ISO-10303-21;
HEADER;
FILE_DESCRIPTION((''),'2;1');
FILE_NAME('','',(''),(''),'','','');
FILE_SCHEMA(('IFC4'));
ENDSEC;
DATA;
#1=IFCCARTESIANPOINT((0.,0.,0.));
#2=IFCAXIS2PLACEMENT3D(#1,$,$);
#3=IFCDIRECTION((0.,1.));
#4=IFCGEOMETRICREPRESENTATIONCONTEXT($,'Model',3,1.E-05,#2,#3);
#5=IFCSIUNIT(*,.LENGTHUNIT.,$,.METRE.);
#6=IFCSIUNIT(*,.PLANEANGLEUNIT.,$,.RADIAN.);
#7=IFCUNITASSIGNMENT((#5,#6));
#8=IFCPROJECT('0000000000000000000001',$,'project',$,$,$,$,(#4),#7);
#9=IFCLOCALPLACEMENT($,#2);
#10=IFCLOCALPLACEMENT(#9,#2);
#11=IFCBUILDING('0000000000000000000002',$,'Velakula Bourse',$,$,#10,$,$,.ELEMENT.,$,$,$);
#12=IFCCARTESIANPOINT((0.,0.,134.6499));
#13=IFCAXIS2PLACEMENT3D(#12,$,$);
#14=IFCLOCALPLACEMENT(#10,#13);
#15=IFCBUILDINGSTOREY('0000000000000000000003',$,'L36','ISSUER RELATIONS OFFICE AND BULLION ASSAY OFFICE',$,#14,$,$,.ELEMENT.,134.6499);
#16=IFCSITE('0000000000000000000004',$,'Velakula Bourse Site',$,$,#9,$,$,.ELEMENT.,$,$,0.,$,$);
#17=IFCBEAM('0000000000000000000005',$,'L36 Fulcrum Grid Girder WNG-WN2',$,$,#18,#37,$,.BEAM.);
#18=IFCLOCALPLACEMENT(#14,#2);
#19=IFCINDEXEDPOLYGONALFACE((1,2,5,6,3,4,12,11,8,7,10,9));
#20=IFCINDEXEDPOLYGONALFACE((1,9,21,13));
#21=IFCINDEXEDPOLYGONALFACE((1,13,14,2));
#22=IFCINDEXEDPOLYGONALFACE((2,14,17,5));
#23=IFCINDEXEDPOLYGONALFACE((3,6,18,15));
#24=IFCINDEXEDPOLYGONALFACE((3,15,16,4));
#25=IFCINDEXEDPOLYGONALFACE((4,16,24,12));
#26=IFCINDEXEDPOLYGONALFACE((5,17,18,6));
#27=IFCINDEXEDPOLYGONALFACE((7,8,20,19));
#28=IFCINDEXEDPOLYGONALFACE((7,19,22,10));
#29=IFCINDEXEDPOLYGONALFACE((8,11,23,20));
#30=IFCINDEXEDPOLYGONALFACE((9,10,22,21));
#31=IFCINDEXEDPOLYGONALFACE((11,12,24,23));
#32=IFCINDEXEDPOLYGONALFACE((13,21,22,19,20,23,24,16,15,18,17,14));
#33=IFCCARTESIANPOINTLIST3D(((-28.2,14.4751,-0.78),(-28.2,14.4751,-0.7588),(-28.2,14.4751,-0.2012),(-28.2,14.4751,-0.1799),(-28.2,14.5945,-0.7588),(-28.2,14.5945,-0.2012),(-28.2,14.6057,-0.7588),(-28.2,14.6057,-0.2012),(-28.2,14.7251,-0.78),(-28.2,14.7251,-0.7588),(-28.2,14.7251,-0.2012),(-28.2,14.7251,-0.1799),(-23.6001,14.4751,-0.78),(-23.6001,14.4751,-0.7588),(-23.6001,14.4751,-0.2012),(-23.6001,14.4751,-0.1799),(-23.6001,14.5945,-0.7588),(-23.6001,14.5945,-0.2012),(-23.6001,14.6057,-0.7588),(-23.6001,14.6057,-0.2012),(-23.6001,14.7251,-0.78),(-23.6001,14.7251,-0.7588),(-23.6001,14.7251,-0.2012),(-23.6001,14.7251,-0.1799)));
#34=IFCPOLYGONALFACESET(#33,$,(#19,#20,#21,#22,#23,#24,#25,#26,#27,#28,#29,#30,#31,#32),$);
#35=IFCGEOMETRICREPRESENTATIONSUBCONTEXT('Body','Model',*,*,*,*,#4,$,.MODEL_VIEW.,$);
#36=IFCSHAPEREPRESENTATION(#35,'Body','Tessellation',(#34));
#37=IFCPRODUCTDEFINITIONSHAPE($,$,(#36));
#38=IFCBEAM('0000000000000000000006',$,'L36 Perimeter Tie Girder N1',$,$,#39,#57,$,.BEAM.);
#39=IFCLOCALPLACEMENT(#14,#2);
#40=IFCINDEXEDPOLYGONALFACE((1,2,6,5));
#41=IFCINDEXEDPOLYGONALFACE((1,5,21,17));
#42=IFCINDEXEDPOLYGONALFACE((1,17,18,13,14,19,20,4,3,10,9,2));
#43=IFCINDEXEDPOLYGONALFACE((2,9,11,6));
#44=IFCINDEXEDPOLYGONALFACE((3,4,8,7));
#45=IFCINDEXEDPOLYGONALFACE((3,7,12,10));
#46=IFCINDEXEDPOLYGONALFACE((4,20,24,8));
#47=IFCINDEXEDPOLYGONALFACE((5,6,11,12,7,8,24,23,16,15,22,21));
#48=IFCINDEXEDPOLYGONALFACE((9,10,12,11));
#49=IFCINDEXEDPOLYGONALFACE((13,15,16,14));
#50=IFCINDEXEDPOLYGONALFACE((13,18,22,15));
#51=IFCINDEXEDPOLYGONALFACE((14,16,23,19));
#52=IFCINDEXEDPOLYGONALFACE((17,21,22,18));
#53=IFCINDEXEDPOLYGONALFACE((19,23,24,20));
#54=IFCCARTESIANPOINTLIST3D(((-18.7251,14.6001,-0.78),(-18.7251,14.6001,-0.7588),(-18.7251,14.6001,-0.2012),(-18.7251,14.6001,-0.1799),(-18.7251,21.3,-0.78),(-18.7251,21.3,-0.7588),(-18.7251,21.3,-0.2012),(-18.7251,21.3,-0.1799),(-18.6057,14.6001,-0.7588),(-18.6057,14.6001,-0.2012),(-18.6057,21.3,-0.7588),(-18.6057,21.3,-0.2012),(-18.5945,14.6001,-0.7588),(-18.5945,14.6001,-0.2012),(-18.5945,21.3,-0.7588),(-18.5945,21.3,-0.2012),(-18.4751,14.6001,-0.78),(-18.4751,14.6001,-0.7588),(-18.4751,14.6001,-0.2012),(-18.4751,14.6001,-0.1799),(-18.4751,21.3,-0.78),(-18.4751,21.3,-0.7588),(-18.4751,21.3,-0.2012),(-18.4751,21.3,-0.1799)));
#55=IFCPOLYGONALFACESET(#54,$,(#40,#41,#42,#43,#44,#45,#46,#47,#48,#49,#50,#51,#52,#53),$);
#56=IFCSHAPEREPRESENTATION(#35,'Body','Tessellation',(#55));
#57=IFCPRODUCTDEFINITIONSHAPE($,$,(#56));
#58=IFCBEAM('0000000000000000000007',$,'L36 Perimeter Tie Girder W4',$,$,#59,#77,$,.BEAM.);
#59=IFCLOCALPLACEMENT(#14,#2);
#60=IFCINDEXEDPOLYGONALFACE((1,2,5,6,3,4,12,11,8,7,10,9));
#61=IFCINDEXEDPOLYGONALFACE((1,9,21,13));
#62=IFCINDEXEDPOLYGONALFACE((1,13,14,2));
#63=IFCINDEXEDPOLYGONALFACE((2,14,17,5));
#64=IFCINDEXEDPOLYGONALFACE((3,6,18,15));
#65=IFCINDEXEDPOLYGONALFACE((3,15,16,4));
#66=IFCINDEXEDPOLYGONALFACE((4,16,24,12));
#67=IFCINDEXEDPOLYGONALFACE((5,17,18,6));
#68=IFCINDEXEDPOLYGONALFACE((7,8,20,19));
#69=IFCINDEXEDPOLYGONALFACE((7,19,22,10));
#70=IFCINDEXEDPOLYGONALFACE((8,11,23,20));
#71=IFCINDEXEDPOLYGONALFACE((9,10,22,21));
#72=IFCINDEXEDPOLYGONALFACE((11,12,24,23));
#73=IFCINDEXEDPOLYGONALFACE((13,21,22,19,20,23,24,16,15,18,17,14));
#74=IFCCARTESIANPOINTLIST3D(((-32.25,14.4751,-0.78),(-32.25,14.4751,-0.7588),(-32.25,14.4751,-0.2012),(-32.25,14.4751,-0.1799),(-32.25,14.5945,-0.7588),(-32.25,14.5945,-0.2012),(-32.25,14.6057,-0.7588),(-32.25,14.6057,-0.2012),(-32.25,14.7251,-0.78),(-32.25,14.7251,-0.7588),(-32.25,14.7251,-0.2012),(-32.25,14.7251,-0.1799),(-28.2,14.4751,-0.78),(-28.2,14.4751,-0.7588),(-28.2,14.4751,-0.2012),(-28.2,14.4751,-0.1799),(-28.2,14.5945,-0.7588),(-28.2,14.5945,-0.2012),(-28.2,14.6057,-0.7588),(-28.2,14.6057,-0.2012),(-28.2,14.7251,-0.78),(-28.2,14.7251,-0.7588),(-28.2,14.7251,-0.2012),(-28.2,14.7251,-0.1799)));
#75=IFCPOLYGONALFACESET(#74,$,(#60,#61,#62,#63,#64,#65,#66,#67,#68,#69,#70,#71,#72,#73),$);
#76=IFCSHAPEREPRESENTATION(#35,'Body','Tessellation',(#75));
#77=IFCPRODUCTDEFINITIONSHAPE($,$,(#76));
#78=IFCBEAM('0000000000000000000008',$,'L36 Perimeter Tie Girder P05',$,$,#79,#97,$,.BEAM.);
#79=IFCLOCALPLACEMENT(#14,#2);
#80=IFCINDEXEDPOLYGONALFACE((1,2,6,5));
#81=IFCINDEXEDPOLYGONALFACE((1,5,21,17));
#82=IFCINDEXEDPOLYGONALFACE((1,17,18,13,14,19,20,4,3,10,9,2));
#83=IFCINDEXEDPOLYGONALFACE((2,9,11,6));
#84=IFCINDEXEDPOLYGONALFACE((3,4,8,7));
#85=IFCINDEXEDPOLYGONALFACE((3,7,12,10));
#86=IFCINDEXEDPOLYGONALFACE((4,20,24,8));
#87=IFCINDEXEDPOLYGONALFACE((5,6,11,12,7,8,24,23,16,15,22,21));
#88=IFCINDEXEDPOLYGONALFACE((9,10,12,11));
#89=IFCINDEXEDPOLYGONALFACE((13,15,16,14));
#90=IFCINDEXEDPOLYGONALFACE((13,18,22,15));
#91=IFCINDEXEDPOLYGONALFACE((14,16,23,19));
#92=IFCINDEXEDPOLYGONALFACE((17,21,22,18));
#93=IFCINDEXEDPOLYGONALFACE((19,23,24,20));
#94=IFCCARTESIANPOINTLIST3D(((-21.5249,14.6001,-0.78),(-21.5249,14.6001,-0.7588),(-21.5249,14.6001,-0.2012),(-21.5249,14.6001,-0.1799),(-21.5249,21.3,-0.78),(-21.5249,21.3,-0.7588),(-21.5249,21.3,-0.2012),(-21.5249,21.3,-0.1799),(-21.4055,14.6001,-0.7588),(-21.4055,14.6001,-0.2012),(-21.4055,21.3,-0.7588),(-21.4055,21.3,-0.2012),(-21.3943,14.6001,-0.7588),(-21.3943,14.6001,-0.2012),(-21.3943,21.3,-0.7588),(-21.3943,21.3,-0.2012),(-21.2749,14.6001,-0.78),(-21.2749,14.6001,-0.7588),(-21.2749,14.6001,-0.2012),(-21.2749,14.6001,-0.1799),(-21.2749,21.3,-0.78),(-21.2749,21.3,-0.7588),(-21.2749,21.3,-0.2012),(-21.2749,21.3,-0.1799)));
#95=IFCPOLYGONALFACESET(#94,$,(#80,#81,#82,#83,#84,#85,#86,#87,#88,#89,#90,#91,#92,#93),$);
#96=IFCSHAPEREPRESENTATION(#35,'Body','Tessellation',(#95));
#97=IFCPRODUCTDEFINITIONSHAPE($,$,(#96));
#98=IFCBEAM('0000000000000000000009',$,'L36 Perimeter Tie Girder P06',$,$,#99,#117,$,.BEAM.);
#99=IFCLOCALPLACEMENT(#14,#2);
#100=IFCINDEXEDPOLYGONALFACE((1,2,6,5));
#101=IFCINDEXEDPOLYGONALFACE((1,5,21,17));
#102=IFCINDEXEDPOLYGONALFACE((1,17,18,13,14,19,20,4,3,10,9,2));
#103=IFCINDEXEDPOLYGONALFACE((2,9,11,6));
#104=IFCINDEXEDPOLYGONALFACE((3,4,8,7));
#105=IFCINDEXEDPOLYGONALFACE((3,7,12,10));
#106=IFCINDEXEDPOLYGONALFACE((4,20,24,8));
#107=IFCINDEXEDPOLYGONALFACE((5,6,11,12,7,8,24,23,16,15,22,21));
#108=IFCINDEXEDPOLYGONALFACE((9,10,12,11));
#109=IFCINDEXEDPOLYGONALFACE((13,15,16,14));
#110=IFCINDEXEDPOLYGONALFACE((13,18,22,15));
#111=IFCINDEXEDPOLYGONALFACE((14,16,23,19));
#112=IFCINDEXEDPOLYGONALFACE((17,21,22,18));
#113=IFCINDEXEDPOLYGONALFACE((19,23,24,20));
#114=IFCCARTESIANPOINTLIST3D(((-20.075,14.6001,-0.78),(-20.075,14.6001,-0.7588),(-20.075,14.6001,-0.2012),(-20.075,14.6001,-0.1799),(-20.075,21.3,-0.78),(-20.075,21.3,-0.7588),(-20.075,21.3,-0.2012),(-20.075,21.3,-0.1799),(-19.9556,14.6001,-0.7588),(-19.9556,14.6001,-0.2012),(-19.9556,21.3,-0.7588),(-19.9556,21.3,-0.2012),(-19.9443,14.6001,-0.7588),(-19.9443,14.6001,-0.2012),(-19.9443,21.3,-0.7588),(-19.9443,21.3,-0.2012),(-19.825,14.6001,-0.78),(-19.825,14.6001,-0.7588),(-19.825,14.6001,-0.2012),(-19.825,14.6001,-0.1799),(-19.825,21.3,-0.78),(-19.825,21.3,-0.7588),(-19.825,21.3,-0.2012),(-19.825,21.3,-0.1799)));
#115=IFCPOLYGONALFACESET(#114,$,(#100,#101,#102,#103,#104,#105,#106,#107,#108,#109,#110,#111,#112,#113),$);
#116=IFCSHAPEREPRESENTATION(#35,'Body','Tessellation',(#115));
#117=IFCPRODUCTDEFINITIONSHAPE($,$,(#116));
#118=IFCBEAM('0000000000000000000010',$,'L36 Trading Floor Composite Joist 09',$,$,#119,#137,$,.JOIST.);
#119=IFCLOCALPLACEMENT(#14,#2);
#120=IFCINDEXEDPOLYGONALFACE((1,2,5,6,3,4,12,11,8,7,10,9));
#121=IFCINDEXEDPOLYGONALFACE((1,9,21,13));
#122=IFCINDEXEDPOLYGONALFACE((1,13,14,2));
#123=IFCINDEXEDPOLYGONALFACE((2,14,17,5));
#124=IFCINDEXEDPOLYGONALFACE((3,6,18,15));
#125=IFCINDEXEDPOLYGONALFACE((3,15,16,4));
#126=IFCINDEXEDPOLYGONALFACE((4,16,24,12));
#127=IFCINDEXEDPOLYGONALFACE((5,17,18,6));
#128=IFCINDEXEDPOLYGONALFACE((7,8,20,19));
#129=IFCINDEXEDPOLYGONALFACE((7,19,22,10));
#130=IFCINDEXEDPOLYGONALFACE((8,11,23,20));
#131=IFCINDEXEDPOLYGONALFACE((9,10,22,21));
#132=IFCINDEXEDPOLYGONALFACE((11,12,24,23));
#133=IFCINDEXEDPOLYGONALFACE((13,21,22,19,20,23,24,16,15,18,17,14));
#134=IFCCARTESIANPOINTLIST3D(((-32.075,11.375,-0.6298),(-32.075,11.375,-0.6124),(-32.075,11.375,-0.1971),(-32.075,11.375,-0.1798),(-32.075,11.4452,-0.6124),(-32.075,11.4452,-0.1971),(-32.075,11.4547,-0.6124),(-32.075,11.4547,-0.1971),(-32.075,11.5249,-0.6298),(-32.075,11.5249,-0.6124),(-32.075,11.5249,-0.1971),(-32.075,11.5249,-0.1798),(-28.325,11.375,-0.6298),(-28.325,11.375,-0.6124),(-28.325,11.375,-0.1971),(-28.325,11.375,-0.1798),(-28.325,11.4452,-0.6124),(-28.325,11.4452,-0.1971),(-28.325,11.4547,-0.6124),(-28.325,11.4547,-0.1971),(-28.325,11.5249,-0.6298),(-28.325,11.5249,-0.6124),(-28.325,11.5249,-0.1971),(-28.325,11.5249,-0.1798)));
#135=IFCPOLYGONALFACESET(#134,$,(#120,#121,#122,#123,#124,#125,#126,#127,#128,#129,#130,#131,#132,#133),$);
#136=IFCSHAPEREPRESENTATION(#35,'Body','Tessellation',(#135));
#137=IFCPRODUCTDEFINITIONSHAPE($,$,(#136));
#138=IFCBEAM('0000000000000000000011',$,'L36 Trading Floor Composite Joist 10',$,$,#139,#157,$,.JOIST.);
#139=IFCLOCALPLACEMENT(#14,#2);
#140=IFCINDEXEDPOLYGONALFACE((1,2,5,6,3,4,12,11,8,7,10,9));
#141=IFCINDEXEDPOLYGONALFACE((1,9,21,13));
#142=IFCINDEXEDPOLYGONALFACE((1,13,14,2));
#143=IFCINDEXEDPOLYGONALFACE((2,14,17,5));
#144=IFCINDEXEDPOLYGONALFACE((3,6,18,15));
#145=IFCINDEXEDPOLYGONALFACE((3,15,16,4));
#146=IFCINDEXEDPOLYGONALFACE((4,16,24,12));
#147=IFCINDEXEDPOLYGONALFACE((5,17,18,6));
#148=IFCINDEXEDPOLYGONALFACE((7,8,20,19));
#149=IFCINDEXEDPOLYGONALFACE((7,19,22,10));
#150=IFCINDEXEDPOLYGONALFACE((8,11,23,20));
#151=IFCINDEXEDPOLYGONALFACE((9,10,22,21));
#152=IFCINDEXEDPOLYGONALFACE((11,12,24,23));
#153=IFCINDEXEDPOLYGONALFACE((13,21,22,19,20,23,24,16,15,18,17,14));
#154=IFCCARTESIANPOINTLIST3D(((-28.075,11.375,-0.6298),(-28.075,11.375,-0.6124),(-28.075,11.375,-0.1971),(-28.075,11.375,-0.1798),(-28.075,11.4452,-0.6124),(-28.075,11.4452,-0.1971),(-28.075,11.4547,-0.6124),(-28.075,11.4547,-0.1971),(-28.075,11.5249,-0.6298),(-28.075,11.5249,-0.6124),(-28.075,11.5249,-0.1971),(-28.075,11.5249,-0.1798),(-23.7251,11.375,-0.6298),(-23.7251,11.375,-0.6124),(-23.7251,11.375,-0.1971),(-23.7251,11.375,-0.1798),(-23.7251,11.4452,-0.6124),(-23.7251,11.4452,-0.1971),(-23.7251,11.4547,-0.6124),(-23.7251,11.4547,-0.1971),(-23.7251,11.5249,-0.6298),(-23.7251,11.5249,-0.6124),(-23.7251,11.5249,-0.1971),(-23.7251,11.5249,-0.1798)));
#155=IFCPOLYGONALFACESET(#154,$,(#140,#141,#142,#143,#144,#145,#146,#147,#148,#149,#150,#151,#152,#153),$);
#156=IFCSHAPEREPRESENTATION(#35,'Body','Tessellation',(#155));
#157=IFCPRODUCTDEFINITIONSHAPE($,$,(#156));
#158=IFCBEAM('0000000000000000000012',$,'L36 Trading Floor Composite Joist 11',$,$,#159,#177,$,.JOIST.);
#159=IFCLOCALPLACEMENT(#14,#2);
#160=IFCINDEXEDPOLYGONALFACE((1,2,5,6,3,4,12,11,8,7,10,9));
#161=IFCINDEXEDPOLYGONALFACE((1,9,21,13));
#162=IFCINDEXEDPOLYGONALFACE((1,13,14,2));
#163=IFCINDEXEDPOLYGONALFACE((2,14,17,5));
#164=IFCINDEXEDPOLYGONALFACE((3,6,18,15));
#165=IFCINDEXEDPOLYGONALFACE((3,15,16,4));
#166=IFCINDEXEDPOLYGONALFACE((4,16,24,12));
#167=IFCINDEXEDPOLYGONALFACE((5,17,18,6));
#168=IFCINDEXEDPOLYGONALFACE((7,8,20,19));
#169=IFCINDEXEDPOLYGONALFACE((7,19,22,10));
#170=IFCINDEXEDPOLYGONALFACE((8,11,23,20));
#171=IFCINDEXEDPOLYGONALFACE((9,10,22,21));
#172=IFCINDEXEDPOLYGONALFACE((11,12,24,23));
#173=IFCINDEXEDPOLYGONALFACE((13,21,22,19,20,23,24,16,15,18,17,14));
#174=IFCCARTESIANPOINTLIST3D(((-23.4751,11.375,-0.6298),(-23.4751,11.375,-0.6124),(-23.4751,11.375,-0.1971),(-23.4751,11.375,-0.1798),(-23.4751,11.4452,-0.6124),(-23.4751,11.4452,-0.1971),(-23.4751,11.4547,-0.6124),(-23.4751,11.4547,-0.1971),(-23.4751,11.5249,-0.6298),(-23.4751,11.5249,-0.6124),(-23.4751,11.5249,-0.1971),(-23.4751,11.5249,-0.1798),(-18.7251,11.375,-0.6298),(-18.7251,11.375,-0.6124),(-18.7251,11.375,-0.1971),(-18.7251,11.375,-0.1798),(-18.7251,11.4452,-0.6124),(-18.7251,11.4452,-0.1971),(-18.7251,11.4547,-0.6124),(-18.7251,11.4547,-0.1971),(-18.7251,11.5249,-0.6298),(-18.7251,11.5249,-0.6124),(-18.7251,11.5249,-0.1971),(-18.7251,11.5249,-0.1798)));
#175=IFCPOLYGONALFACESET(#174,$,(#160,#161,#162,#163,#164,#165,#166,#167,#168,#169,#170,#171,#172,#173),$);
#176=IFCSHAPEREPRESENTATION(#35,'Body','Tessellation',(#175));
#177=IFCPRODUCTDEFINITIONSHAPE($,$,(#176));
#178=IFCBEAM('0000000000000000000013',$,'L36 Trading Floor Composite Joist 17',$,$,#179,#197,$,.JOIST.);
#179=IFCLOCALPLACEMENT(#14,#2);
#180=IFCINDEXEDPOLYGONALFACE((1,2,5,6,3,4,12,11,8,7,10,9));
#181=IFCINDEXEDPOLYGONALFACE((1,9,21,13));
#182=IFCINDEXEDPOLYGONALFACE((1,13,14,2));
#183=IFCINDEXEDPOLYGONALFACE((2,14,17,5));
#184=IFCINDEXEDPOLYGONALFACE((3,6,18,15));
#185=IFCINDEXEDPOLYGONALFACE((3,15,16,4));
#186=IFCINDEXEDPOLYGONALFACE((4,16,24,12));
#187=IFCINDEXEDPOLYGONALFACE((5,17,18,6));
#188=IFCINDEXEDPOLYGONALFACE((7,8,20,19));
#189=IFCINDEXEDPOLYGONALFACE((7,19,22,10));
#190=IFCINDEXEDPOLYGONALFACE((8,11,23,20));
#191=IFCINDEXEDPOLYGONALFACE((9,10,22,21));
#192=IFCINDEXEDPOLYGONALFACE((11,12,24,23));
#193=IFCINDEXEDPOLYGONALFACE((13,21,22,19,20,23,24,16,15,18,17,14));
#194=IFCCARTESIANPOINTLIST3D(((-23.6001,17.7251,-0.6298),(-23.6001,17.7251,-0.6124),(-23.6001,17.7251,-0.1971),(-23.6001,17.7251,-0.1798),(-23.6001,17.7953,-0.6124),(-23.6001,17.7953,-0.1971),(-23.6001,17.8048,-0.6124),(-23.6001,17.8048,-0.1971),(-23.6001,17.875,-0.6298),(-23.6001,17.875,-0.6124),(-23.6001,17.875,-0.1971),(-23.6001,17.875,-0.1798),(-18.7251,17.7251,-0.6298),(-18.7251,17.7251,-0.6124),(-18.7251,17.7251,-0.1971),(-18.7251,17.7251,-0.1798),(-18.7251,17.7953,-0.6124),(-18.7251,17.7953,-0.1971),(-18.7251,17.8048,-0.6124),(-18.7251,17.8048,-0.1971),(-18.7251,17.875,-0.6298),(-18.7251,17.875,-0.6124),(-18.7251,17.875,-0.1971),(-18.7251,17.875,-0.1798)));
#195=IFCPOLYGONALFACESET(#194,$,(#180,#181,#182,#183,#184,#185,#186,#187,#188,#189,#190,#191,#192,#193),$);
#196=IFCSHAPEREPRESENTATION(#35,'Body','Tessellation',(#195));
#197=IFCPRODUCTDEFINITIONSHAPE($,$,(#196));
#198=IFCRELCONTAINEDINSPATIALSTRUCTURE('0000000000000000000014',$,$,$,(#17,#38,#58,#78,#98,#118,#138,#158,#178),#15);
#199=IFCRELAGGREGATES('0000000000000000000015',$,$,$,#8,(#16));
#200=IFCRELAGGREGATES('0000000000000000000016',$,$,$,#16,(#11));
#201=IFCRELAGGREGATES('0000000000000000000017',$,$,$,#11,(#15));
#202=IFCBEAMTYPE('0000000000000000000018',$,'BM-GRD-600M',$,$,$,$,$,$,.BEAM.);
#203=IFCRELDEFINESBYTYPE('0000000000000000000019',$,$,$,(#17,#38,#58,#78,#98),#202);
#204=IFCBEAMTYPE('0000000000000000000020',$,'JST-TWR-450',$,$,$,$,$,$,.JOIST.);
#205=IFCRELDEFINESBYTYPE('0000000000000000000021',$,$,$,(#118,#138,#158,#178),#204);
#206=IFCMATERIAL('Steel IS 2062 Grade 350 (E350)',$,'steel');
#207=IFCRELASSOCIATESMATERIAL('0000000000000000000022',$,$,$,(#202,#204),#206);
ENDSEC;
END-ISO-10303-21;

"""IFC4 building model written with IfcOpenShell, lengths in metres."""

from ifc_helpers import new_model, si_unit, direction, frame, origin, origin_2d, place, context, subcontext, project, spatial, i_section, extrude, material, material_profile, profile_set, type_object, element, save


model = new_model("IFC4")

# Units and contexts
model_context = context("Model", 3, precision=1e-05, world=origin(), true_north=direction((0.0, 1.0)))
body_context = subcontext(model_context, "Body", "Model", "MODEL_VIEW")
ifc_project = project(units=[si_unit("LENGTHUNIT", "METRE"), si_unit("PLANEANGLEUNIT", "RADIAN")], contexts=[model_context])

# Site, building, storey
site_placement = place(None, origin())
site = spatial("IfcSite", under=ifc_project, at=site_placement, Name="Velakula Bourse Site", CompositionType="ELEMENT", RefElevation=0.0)
building_placement = place(site_placement, origin())
building = spatial("IfcBuilding", under=site, at=building_placement, Name="Velakula Bourse", CompositionType="ELEMENT")
storey_placement = place(building_placement, frame((0.0, 0.0, 134.6499)))
storey = spatial("IfcBuildingStorey", under=building, at=storey_placement, Name="L36", Description="ISSUER RELATIONS OFFICE AND BULLION ASSAY OFFICE", CompositionType="ELEMENT", Elevation=134.6499)

# Shared definitions
ifc_material_1 = material(Name="Steel IS 2062 Grade 350 (E350)", Category="steel")

# Beams
ifc_material_profile_1 = material_profile(ifc_material_1, i_section(OverallWidth=0.25, OverallDepth=0.6001, WebThickness=0.0112, FlangeThickness=0.0212, at=origin_2d()), Name="Steel IS 2062 Grade 350 (E350)")
ifc_profile_set_1 = profile_set([ifc_material_profile_1], Name="Steel IS 2062 Grade 350 (E350)")
beam_type_1 = type_object("IfcBeamType", Name="BM-GRD-600M", PredefinedType="BEAM", material=ifc_profile_set_1)
beam_1_placement = place(storey_placement, frame((-28.2, 14.6001, -0.48), z_axis=(1.0, 0.0, 0.0), x_axis=(0.0, 1.0, 0.0)))
element("IfcBeam", 1, at=beam_1_placement, inside=storey, type_object=beam_type_1, Name="L36 Fulcrum Grid Girder WNG-WN2", PredefinedType="BEAM", context=body_context, shape_type="SweptSolid", body=[
    extrude(i_section(OverallWidth=0.25, OverallDepth=0.6001, WebThickness=0.0112, FlangeThickness=0.0212, at=origin_2d()), origin(), (0.0, 0.0, 1.0), 4.5999),
])
beam_2_placement = place(storey_placement, frame((-18.6001, 14.6001, -0.48), z_axis=(0.0, 1.0, 0.0), x_axis=(-1.0, 0.0, 0.0)))
element("IfcBeam", 2, at=beam_2_placement, inside=storey, type_object=beam_type_1, Name="L36 Perimeter Tie Girder N1", PredefinedType="BEAM", context=body_context, shape_type="SweptSolid", body=[
    extrude(i_section(OverallWidth=0.25, OverallDepth=0.6001, WebThickness=0.0112, FlangeThickness=0.0212, at=origin_2d()), origin(), (0.0, 0.0, 1.0), 6.7),
])
beam_3_placement = place(storey_placement, frame((-28.2, 14.6001, -0.48), z_axis=(-1.0, 0.0, 0.0), x_axis=(0.0, -1.0, 0.0)))
element("IfcBeam", 3, at=beam_3_placement, inside=storey, type_object=beam_type_1, Name="L36 Perimeter Tie Girder W4", PredefinedType="BEAM", context=body_context, shape_type="SweptSolid", body=[
    extrude(i_section(OverallWidth=0.25, OverallDepth=0.6001, WebThickness=0.0112, FlangeThickness=0.0212, at=origin_2d()), origin(), (0.0, 0.0, 1.0), 4.05),
])
for number, where, z_axis, x_axis, name in (
    (4, (-21.3999, 14.6001, -0.48), (0.0, 1.0, 0.0), (-1.0, 0.0, 0.0), "L36 Perimeter Tie Girder P05"),
    (5, (-19.95, 14.6001, -0.48), (0.0, 1.0, 0.0), (-1.0, 0.0, 0.0), "L36 Perimeter Tie Girder P06"),
):
    element("IfcBeam", number, at=place(storey_placement, frame(where, z_axis=z_axis, x_axis=x_axis)), inside=storey, type_object=beam_type_1, Name=name, PredefinedType="BEAM", context=body_context, shape_type="SweptSolid", body=[
        extrude(i_section(OverallWidth=0.25, OverallDepth=0.6001, WebThickness=0.0112, FlangeThickness=0.0212, at=origin_2d()), origin(), (0.0, 0.0, 1.0), 6.7),
    ])
ifc_material_profile_2 = material_profile(ifc_material_1, i_section(OverallWidth=0.1499, OverallDepth=0.45, WebThickness=0.0095, FlangeThickness=0.0173, at=origin_2d()), Name="Steel IS 2062 Grade 350 (E350)")
ifc_profile_set_2 = profile_set([ifc_material_profile_2], Name="Steel IS 2062 Grade 350 (E350)")
beam_type_2 = type_object("IfcBeamType", Name="JST-TWR-450", PredefinedType="JOIST", material=ifc_profile_set_2)
beam_4_placement = place(storey_placement, frame((-32.075, 11.45, -0.4048), z_axis=(1.0, 0.0, 0.0), x_axis=(0.0, 1.0, 0.0)))
element("IfcBeam", 6, at=beam_4_placement, inside=storey, type_object=beam_type_2, Name="L36 Trading Floor Composite Joist 09", PredefinedType="JOIST", context=body_context, shape_type="SweptSolid", body=[
    extrude(i_section(OverallWidth=0.1499, OverallDepth=0.45, WebThickness=0.0095, FlangeThickness=0.0173, at=origin_2d()), origin(), (0.0, 0.0, 1.0), 3.75),
])
beam_5_placement = place(storey_placement, frame((-28.075, 11.45, -0.4048), z_axis=(1.0, 0.0, 0.0), x_axis=(0.0, 1.0, 0.0)))
element("IfcBeam", 7, at=beam_5_placement, inside=storey, type_object=beam_type_2, Name="L36 Trading Floor Composite Joist 10", PredefinedType="JOIST", context=body_context, shape_type="SweptSolid", body=[
    extrude(i_section(OverallWidth=0.1499, OverallDepth=0.45, WebThickness=0.0095, FlangeThickness=0.0173, at=origin_2d()), origin(), (0.0, 0.0, 1.0), 4.3499),
])
beam_6_placement = place(storey_placement, frame((-23.4751, 11.45, -0.4048), z_axis=(1.0, 0.0, 0.0), x_axis=(0.0, 1.0, 0.0)))
element("IfcBeam", 8, at=beam_6_placement, inside=storey, type_object=beam_type_2, Name="L36 Trading Floor Composite Joist 11", PredefinedType="JOIST", context=body_context, shape_type="SweptSolid", body=[
    extrude(i_section(OverallWidth=0.1499, OverallDepth=0.45, WebThickness=0.0095, FlangeThickness=0.0173, at=origin_2d()), origin(), (0.0, 0.0, 1.0), 4.75),
])
beam_7_placement = place(storey_placement, frame((-23.6001, 17.8, -0.4048), z_axis=(1.0, 0.0, 0.0), x_axis=(0.0, 1.0, 0.0)))
element("IfcBeam", 9, at=beam_7_placement, inside=storey, type_object=beam_type_2, Name="L36 Trading Floor Composite Joist 17", PredefinedType="JOIST", context=body_context, shape_type="SweptSolid", body=[
    extrude(i_section(OverallWidth=0.1499, OverallDepth=0.45, WebThickness=0.0095, FlangeThickness=0.0173, at=origin_2d()), origin(), (0.0, 0.0, 1.0), 4.875),
])

save(model, "model.ifc")
